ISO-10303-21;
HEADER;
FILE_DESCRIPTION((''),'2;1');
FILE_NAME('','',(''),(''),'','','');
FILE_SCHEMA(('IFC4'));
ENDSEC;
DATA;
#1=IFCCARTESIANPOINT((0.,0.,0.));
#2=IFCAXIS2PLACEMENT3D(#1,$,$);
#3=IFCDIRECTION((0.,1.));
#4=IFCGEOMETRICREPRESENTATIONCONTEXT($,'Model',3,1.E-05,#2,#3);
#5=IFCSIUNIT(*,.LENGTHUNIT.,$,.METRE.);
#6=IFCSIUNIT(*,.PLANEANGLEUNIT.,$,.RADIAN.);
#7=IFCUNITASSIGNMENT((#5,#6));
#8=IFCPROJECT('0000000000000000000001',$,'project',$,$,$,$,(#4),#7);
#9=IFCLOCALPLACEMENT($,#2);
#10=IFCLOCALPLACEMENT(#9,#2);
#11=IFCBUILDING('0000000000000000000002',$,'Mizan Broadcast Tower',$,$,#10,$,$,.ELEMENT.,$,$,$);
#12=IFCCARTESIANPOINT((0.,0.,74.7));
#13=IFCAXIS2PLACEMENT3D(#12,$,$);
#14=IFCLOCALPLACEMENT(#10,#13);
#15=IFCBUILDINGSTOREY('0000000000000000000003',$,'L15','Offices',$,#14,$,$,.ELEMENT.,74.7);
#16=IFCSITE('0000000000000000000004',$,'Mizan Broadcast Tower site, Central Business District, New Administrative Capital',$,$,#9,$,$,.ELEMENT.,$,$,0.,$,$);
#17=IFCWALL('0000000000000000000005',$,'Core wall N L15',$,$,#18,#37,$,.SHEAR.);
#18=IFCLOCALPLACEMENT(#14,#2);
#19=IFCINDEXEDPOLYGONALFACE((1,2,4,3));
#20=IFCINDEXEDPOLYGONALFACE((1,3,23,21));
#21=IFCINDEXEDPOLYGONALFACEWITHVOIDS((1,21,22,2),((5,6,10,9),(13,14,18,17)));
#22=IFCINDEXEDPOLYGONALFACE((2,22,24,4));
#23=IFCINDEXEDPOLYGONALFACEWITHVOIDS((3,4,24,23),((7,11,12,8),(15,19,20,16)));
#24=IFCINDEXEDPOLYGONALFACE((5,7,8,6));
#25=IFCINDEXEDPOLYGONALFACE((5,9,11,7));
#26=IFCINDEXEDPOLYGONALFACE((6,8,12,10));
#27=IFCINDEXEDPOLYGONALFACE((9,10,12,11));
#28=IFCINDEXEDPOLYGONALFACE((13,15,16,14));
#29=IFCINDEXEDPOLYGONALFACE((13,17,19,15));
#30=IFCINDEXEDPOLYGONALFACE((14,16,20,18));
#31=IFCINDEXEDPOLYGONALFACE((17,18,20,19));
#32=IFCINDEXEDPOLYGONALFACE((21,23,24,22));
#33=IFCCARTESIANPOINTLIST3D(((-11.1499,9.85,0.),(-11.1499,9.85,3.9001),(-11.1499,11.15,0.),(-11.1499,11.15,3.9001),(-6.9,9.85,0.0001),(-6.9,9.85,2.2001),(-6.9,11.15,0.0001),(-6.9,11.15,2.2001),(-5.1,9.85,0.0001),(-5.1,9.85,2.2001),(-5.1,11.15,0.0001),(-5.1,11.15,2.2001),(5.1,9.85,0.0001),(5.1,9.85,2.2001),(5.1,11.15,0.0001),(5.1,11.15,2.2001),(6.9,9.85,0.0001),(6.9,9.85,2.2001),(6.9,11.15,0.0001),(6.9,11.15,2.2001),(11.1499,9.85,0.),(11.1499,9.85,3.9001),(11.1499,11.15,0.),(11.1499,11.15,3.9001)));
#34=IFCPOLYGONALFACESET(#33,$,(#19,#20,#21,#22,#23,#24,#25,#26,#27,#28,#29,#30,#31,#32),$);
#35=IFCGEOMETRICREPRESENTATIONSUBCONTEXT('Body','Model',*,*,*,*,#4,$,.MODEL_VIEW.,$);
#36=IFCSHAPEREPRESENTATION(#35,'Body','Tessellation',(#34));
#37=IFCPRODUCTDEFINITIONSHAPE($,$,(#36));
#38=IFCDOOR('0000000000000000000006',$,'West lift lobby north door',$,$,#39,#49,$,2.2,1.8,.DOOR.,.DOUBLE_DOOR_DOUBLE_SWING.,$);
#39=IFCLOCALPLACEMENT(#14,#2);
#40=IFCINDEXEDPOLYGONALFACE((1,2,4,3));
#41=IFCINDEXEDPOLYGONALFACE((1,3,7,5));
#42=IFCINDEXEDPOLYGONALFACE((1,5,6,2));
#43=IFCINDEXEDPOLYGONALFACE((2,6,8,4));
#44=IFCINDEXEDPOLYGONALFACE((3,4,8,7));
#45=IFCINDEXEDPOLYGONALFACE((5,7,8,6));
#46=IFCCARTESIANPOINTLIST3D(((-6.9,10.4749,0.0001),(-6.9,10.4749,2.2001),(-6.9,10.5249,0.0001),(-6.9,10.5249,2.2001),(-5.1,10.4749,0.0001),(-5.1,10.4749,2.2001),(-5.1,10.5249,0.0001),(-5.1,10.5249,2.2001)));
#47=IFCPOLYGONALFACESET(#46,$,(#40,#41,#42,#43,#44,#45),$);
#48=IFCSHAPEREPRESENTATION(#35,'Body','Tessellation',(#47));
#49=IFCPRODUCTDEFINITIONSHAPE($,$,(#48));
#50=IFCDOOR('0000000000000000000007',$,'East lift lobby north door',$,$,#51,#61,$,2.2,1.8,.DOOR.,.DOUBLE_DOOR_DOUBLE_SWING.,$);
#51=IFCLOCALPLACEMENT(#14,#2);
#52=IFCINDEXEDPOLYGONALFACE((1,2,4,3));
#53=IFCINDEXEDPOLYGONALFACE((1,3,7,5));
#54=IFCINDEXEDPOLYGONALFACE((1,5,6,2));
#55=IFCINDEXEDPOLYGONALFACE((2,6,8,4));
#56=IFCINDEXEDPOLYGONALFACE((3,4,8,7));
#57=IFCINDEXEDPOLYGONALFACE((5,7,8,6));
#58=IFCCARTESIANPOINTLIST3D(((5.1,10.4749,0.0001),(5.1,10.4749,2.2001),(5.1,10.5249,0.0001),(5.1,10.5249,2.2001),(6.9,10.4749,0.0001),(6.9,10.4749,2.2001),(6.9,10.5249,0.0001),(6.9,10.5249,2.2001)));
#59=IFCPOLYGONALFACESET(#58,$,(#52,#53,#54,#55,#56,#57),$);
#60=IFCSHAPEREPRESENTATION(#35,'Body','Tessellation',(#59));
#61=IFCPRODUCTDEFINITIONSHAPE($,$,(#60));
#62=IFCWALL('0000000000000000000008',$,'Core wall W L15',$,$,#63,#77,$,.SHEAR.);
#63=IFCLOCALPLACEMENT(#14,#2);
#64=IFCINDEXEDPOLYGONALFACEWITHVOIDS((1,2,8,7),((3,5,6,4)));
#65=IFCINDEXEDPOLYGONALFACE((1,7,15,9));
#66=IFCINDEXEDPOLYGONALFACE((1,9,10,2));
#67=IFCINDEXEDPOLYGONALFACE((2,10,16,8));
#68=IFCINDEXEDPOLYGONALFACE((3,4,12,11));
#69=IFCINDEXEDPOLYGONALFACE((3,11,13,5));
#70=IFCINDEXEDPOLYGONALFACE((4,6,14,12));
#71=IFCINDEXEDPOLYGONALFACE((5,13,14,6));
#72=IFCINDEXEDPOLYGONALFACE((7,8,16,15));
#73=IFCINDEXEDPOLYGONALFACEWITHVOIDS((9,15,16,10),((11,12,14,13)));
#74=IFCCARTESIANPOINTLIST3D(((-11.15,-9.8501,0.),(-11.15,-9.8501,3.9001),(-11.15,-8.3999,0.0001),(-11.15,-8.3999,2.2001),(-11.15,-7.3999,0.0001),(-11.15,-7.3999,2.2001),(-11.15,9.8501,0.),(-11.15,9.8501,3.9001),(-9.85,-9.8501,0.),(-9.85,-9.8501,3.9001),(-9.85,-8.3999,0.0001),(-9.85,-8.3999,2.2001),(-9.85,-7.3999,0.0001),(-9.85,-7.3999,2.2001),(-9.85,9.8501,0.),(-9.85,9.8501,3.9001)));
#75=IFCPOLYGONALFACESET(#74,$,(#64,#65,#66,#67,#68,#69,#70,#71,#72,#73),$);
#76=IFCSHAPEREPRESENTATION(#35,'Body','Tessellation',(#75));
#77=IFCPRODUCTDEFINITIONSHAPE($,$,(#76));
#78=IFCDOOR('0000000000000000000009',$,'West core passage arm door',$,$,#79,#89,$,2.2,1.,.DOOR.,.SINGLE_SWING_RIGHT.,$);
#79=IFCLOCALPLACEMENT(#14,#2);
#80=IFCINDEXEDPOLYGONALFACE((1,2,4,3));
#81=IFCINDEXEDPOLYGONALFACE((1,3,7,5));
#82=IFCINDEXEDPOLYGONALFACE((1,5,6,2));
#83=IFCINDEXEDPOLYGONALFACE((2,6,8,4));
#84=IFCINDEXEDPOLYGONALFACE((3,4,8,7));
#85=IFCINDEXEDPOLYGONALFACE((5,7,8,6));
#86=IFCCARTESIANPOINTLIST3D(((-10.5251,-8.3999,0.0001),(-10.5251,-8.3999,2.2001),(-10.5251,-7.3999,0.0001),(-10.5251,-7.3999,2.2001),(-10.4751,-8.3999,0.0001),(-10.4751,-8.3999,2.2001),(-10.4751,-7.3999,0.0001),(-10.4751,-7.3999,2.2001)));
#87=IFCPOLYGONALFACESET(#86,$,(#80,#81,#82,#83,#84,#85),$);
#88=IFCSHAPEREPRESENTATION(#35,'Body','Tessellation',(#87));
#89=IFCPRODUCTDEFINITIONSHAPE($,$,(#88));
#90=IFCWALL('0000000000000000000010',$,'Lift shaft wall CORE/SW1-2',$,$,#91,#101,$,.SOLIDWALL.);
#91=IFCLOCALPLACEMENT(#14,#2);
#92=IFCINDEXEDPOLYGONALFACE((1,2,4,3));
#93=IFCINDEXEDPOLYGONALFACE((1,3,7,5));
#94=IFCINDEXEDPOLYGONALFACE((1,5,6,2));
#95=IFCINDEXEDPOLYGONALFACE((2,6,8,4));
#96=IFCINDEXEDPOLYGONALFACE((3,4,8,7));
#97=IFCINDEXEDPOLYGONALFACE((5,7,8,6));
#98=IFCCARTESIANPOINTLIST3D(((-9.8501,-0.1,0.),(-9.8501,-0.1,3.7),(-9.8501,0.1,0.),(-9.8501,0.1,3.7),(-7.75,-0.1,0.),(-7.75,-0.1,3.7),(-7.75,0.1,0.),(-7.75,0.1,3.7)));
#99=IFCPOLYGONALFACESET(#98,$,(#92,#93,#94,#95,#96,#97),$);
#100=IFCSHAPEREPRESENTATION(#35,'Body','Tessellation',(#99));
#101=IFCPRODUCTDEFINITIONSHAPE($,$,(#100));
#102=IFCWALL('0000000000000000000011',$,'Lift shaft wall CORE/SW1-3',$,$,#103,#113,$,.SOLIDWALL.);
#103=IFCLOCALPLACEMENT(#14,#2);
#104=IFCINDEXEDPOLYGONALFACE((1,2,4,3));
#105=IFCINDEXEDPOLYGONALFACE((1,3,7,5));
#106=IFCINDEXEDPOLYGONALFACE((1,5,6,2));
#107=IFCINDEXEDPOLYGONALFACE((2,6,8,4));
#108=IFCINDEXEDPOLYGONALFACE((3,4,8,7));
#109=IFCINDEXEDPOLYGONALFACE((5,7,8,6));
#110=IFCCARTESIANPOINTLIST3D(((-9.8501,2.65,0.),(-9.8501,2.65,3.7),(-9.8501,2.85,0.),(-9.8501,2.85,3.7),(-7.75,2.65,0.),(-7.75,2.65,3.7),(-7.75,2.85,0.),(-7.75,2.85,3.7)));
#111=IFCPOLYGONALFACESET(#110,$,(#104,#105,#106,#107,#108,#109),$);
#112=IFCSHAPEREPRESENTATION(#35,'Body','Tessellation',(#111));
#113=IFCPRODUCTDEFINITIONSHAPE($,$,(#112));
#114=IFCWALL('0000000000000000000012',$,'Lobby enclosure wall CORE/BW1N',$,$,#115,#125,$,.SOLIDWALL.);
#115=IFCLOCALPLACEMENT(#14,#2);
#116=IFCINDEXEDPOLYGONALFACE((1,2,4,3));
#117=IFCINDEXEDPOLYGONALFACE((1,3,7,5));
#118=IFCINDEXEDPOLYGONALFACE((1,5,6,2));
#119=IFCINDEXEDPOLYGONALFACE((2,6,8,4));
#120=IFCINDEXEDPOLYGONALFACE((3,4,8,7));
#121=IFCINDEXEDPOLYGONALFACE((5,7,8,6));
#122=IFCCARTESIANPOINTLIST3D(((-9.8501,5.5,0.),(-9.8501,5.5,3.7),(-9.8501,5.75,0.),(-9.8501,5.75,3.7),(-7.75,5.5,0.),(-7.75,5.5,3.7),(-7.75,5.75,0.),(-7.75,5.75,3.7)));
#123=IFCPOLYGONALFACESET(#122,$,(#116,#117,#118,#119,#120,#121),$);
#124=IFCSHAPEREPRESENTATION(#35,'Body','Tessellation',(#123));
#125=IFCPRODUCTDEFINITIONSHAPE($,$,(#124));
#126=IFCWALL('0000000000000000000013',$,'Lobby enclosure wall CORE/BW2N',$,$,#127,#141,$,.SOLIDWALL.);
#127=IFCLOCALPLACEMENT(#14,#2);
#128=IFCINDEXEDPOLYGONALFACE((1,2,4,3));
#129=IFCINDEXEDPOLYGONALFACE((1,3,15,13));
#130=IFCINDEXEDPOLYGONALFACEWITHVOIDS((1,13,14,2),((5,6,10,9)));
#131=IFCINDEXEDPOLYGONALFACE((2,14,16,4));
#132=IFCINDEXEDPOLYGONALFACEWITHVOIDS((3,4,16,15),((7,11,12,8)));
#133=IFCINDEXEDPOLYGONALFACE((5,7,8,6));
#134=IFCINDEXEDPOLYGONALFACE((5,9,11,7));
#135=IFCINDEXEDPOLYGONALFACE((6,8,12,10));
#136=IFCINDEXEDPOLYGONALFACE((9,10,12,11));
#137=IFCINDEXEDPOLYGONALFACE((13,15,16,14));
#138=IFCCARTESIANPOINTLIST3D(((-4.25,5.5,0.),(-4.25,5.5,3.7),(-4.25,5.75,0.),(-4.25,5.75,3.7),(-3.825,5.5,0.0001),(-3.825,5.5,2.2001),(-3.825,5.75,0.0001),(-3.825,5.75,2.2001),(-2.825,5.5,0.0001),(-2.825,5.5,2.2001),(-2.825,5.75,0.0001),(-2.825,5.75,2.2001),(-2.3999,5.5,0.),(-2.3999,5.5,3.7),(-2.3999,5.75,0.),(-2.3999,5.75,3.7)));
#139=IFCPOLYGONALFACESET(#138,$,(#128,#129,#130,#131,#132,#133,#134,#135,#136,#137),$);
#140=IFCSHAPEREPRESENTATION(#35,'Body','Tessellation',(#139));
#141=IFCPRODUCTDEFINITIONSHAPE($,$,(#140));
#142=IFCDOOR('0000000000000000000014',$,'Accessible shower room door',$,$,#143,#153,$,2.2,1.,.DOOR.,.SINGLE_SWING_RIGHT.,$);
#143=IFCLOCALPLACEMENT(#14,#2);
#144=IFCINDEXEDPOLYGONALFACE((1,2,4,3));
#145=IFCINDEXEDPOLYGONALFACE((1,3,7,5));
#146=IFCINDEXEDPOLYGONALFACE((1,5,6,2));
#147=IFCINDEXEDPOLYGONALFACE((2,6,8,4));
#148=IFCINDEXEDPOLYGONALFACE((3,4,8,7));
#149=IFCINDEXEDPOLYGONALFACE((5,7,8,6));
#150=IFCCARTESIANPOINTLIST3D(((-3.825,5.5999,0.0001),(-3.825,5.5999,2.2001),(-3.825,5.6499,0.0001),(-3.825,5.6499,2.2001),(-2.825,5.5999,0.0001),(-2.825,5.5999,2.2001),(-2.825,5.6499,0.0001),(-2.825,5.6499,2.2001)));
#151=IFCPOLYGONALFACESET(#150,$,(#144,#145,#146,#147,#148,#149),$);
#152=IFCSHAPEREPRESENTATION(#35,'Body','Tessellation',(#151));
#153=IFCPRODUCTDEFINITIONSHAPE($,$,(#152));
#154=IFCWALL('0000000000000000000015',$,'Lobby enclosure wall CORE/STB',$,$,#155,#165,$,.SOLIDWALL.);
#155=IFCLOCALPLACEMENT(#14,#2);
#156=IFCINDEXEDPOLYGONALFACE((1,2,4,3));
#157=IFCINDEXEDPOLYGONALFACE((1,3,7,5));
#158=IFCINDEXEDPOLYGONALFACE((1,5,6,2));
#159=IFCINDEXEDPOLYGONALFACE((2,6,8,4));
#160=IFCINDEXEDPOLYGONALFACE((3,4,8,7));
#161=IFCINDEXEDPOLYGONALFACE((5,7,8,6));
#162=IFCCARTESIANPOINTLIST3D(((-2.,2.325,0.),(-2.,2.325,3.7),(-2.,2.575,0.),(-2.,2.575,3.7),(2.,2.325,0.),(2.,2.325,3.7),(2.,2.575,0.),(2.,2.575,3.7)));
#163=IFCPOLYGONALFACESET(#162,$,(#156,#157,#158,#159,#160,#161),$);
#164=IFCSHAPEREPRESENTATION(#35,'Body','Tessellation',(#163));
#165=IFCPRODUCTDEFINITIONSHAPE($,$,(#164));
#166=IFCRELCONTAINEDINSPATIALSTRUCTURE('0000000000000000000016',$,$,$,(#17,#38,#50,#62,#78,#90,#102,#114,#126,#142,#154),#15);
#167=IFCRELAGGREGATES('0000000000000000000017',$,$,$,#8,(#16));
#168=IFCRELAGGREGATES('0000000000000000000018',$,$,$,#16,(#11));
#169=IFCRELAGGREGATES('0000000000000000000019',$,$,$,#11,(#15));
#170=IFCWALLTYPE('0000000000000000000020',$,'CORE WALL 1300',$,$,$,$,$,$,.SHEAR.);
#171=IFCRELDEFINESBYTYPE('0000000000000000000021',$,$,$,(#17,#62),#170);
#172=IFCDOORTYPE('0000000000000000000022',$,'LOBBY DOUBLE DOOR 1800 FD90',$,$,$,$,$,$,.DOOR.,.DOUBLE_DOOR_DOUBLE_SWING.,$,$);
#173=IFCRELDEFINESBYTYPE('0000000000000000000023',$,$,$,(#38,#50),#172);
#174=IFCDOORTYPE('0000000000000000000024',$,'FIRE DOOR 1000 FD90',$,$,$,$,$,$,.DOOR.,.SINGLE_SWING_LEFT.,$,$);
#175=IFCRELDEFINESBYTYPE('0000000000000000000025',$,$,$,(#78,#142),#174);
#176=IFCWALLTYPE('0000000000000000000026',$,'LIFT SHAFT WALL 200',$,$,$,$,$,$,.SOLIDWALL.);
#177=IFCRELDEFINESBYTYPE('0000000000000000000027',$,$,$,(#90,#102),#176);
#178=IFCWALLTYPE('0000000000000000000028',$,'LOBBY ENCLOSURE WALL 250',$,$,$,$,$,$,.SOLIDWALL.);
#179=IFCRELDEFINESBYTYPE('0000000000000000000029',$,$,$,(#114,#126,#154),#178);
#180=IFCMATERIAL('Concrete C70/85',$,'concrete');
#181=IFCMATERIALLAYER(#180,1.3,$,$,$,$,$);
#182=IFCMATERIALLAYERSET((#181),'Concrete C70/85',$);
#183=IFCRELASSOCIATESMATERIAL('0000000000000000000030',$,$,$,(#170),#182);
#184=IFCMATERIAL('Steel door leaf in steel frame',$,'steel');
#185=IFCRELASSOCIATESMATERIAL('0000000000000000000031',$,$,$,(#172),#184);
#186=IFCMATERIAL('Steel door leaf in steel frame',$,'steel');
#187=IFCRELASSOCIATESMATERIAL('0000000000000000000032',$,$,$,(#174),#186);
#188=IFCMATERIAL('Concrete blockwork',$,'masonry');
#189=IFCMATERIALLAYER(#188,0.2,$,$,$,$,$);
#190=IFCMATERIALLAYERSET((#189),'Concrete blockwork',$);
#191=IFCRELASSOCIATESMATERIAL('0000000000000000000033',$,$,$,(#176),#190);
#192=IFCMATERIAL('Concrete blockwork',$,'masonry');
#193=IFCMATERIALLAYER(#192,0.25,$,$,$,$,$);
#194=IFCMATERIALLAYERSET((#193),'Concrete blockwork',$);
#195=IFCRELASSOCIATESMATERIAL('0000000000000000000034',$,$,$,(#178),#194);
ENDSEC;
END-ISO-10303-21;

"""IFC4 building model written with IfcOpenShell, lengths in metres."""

from ifc_helpers import new_model, si_unit, direction, frame, frame_2d, origin, place, context, subcontext, project, spatial, rectangle, extrude, material, layer, layer_set, type_object, element, fill, save


model = new_model("IFC4")

# Units and contexts
model_context = context("Model", 3, precision=1e-05, world=origin(), true_north=direction((0.0, 1.0)))
body_context = subcontext(model_context, "Body", "Model", "MODEL_VIEW")
ifc_project = project(units=[si_unit("LENGTHUNIT", "METRE"), si_unit("PLANEANGLEUNIT", "RADIAN")], contexts=[model_context])

# Site, building, storey
site_placement = place(None, origin())
site = spatial("IfcSite", under=ifc_project, at=site_placement, Name="Mizan Broadcast Tower site, Central Business District, New Administrative Capital", CompositionType="ELEMENT", RefElevation=0.0)
building_placement = place(site_placement, origin())
building = spatial("IfcBuilding", under=site, at=building_placement, Name="Mizan Broadcast Tower", CompositionType="ELEMENT")
storey_placement = place(building_placement, frame((0.0, 0.0, 74.7)))
storey = spatial("IfcBuildingStorey", under=building, at=storey_placement, Name="L15", Description="Offices", CompositionType="ELEMENT", Elevation=74.7)

# Wall, openings, doors
ifc_material_1 = material(Name="Concrete C70/85", Category="concrete")
ifc_layer_1 = layer(ifc_material_1, 1.3)
ifc_layer_set_1 = layer_set([ifc_layer_1], Name="Concrete C70/85")
wall_type_1 = type_object("IfcWallType", Name="CORE WALL 1300", PredefinedType="SHEAR", material=ifc_layer_set_1)
wall_1_placement = place(storey_placement, frame((-11.1499, 10.5, 0.0), z_axis=(0.0, 0.0, 1.0), x_axis=(1.0, 0.0, 0.0)))
wall_1 = element("IfcWall", 1, at=wall_1_placement, inside=storey, type_object=wall_type_1, Name="Core wall N L15", PredefinedType="SHEAR", context=body_context, shape_type="SweptSolid", body=[
    extrude(rectangle(XDim=22.2998, YDim=1.3, at=frame_2d((11.1499, 0.0))), origin(), (0.0, 0.0, 1.0), 3.9001),
])
opening_1_placement = place(wall_1_placement, frame((4.25, 0.0, 0.0)))
opening_1 = element("IfcOpeningElement", 2, at=opening_1_placement, cuts=wall_1, PredefinedType="OPENING", context=body_context, shape_type="SweptSolid", body=[
    extrude(rectangle(XDim=1.8, YDim=2.2, at=frame_2d((0.8999, 1.1001))), frame((0.0, 0.6599, 0.0), z_axis=(0.0, -1.0, 0.0), x_axis=(1.0, 0.0, 0.0)), (0.0, 0.0, 1.0), 1.3201),
])
opening_2_placement = place(wall_1_placement, frame((16.25, 0.0, 0.0)))
opening_2 = element("IfcOpeningElement", 3, at=opening_2_placement, cuts=wall_1, PredefinedType="OPENING", context=body_context, shape_type="SweptSolid", body=[
    extrude(rectangle(XDim=1.8, YDim=2.2, at=frame_2d((0.8999, 1.1001))), frame((0.0, 0.6599, 0.0), z_axis=(0.0, -1.0, 0.0), x_axis=(1.0, 0.0, 0.0)), (0.0, 0.0, 1.0), 1.3201),
])
ifc_material_2 = material(Name="Steel door leaf in steel frame", Category="steel")
door_type_1 = type_object("IfcDoorType", Name="LOBBY DOUBLE DOOR 1800 FD90", OperationType="DOUBLE_DOOR_DOUBLE_SWING", PredefinedType="DOOR", material=ifc_material_2)
door_1_placement = place(opening_1_placement, origin())
door_1 = element("IfcDoor", 4, at=door_1_placement, inside=storey, type_object=door_type_1, Name="West lift lobby north door", OperationType="DOUBLE_DOOR_DOUBLE_SWING", OverallHeight=2.2, OverallWidth=1.8, PredefinedType="DOOR", context=body_context, shape_type="SweptSolid", body=[
    extrude(rectangle(XDim=1.8, YDim=2.2, at=frame_2d((0.8999, 1.1001))), frame((0.0, 0.0249, 0.0), z_axis=(0.0, -1.0, 0.0), x_axis=(1.0, 0.0, 0.0)), (0.0, 0.0, 1.0), 0.05),
])
fill(opening_1, door_1)
door_2_placement = place(opening_2_placement, origin())
door_2 = element("IfcDoor", 5, at=door_2_placement, inside=storey, type_object=door_type_1, Name="East lift lobby north door", OperationType="DOUBLE_DOOR_DOUBLE_SWING", OverallHeight=2.2, OverallWidth=1.8, PredefinedType="DOOR", context=body_context, shape_type="SweptSolid", body=[
    extrude(rectangle(XDim=1.8, YDim=2.2, at=frame_2d((0.8999, 1.1001))), frame((0.0, 0.0249, 0.0), z_axis=(0.0, -1.0, 0.0), x_axis=(1.0, 0.0, 0.0)), (0.0, 0.0, 1.0), 0.05),
])
fill(opening_2, door_2)

# Wall, opening, door
wall_2_placement = place(storey_placement, frame((-10.5, 9.8501, 0.0), z_axis=(0.0, 0.0, 1.0), x_axis=(0.0, -1.0, 0.0)))
wall_2 = element("IfcWall", 6, at=wall_2_placement, inside=storey, type_object=wall_type_1, Name="Core wall W L15", PredefinedType="SHEAR", context=body_context, shape_type="SweptSolid", body=[
    extrude(rectangle(XDim=19.7002, YDim=1.3, at=frame_2d((9.8501, 0.0))), origin(), (0.0, 0.0, 1.0), 3.9001),
])
opening_3_placement = place(wall_2_placement, frame((17.25, 0.0, 0.0)))
opening_3 = element("IfcOpeningElement", 7, at=opening_3_placement, cuts=wall_2, PredefinedType="OPENING", context=body_context, shape_type="SweptSolid", body=[
    extrude(rectangle(XDim=1.0, YDim=2.2, at=frame_2d((0.5, 1.1001))), frame((0.0, 0.6599, 0.0), z_axis=(0.0, -1.0, 0.0), x_axis=(1.0, 0.0, 0.0)), (0.0, 0.0, 1.0), 1.3201),
])
ifc_material_3 = material(Name="Steel door leaf in steel frame", Category="steel")
door_type_2 = type_object("IfcDoorType", Name="FIRE DOOR 1000 FD90", OperationType="SINGLE_SWING_LEFT", PredefinedType="DOOR", material=ifc_material_3)
door_3_placement = place(opening_3_placement, origin())
door_3 = element("IfcDoor", 8, at=door_3_placement, inside=storey, type_object=door_type_2, Name="West core passage arm door", OperationType="SINGLE_SWING_RIGHT", OverallHeight=2.2, OverallWidth=1.0, PredefinedType="DOOR", context=body_context, shape_type="SweptSolid", body=[
    extrude(rectangle(XDim=1.0, YDim=2.2, at=frame_2d((0.5, 1.1001))), frame((0.0, 0.0249, 0.0), z_axis=(0.0, -1.0, 0.0), x_axis=(1.0, 0.0, 0.0)), (0.0, 0.0, 1.0), 0.05),
])
fill(opening_3, door_3)

# Walls
ifc_material_4 = material(Name="Concrete blockwork", Category="masonry")
ifc_layer_2 = layer(ifc_material_4, 0.2)
ifc_layer_set_2 = layer_set([ifc_layer_2], Name="Concrete blockwork")
wall_type_2 = type_object("IfcWallType", Name="LIFT SHAFT WALL 200", PredefinedType="SOLIDWALL", material=ifc_layer_set_2)
for number, where, z_axis, x_axis, name in (
    (9, (-9.8501, 0.0, 0.0), (0.0, 0.0, 1.0), (1.0, 0.0, 0.0), "Lift shaft wall CORE/SW1-2"),
    (10, (-9.8501, 2.75, 0.0), (0.0, 0.0, 1.0), (1.0, 0.0, 0.0), "Lift shaft wall CORE/SW1-3"),
):
    element("IfcWall", number, at=place(storey_placement, frame(where, z_axis=z_axis, x_axis=x_axis)), inside=storey, type_object=wall_type_2, Name=name, PredefinedType="SOLIDWALL", context=body_context, shape_type="SweptSolid", body=[
        extrude(rectangle(XDim=2.1001, YDim=0.2, at=frame_2d((1.05, 0.0))), origin(), (0.0, 0.0, 1.0), 3.7),
    ])
ifc_material_5 = material(Name="Concrete blockwork", Category="masonry")
ifc_layer_3 = layer(ifc_material_5, 0.25)
ifc_layer_set_3 = layer_set([ifc_layer_3], Name="Concrete blockwork")
wall_type_3 = type_object("IfcWallType", Name="LOBBY ENCLOSURE WALL 250", PredefinedType="SOLIDWALL", material=ifc_layer_set_3)
wall_3_placement = place(storey_placement, frame((-9.8501, 5.625, 0.0), z_axis=(0.0, 0.0, 1.0), x_axis=(1.0, 0.0, 0.0)))
element("IfcWall", 11, at=wall_3_placement, inside=storey, type_object=wall_type_3, Name="Lobby enclosure wall CORE/BW1N", PredefinedType="SOLIDWALL", context=body_context, shape_type="SweptSolid", body=[
    extrude(rectangle(XDim=2.1001, YDim=0.25, at=frame_2d((1.05, 0.0))), origin(), (0.0, 0.0, 1.0), 3.7),
])

# Wall, opening, door
wall_4_placement = place(storey_placement, frame((-4.25, 5.625, 0.0), z_axis=(0.0, 0.0, 1.0), x_axis=(1.0, 0.0, 0.0)))
wall_4 = element("IfcWall", 12, at=wall_4_placement, inside=storey, type_object=wall_type_3, Name="Lobby enclosure wall CORE/BW2N", PredefinedType="SOLIDWALL", context=body_context, shape_type="SweptSolid", body=[
    extrude(rectangle(XDim=1.8501, YDim=0.25, at=frame_2d((0.925, 0.0))), origin(), (0.0, 0.0, 1.0), 3.7),
])
opening_4_placement = place(wall_4_placement, frame((0.425, 0.0, 0.0)))
opening_4 = element("IfcOpeningElement", 13, at=opening_4_placement, cuts=wall_4, PredefinedType="OPENING", context=body_context, shape_type="SweptSolid", body=[
    extrude(rectangle(XDim=1.0, YDim=2.2, at=frame_2d((0.5, 1.1001))), frame((0.0, 0.135, 0.0), z_axis=(0.0, -1.0, 0.0), x_axis=(1.0, 0.0, 0.0)), (0.0, 0.0, 1.0), 0.27),
])
door_4_placement = place(opening_4_placement, origin())
door_4 = element("IfcDoor", 14, at=door_4_placement, inside=storey, type_object=door_type_2, Name="Accessible shower room door", OperationType="SINGLE_SWING_RIGHT", OverallHeight=2.2, OverallWidth=1.0, PredefinedType="DOOR", context=body_context, shape_type="SweptSolid", body=[
    extrude(rectangle(XDim=1.0, YDim=2.2, at=frame_2d((0.5, 1.1001))), frame((0.0, 0.0249, 0.0), z_axis=(0.0, -1.0, 0.0), x_axis=(1.0, 0.0, 0.0)), (0.0, 0.0, 1.0), 0.05),
])
fill(opening_4, door_4)

# Wall
wall_5_placement = place(storey_placement, frame((-2.0, 2.45, 0.0), z_axis=(0.0, 0.0, 1.0), x_axis=(1.0, 0.0, 0.0)))
element("IfcWall", 15, at=wall_5_placement, inside=storey, type_object=wall_type_3, Name="Lobby enclosure wall CORE/STB", PredefinedType="SOLIDWALL", context=body_context, shape_type="SweptSolid", body=[
    extrude(rectangle(XDim=4.0, YDim=0.25, at=frame_2d((2.0, 0.0))), origin(), (0.0, 0.0, 1.0), 3.7),
])

save(model, "model.ifc")
